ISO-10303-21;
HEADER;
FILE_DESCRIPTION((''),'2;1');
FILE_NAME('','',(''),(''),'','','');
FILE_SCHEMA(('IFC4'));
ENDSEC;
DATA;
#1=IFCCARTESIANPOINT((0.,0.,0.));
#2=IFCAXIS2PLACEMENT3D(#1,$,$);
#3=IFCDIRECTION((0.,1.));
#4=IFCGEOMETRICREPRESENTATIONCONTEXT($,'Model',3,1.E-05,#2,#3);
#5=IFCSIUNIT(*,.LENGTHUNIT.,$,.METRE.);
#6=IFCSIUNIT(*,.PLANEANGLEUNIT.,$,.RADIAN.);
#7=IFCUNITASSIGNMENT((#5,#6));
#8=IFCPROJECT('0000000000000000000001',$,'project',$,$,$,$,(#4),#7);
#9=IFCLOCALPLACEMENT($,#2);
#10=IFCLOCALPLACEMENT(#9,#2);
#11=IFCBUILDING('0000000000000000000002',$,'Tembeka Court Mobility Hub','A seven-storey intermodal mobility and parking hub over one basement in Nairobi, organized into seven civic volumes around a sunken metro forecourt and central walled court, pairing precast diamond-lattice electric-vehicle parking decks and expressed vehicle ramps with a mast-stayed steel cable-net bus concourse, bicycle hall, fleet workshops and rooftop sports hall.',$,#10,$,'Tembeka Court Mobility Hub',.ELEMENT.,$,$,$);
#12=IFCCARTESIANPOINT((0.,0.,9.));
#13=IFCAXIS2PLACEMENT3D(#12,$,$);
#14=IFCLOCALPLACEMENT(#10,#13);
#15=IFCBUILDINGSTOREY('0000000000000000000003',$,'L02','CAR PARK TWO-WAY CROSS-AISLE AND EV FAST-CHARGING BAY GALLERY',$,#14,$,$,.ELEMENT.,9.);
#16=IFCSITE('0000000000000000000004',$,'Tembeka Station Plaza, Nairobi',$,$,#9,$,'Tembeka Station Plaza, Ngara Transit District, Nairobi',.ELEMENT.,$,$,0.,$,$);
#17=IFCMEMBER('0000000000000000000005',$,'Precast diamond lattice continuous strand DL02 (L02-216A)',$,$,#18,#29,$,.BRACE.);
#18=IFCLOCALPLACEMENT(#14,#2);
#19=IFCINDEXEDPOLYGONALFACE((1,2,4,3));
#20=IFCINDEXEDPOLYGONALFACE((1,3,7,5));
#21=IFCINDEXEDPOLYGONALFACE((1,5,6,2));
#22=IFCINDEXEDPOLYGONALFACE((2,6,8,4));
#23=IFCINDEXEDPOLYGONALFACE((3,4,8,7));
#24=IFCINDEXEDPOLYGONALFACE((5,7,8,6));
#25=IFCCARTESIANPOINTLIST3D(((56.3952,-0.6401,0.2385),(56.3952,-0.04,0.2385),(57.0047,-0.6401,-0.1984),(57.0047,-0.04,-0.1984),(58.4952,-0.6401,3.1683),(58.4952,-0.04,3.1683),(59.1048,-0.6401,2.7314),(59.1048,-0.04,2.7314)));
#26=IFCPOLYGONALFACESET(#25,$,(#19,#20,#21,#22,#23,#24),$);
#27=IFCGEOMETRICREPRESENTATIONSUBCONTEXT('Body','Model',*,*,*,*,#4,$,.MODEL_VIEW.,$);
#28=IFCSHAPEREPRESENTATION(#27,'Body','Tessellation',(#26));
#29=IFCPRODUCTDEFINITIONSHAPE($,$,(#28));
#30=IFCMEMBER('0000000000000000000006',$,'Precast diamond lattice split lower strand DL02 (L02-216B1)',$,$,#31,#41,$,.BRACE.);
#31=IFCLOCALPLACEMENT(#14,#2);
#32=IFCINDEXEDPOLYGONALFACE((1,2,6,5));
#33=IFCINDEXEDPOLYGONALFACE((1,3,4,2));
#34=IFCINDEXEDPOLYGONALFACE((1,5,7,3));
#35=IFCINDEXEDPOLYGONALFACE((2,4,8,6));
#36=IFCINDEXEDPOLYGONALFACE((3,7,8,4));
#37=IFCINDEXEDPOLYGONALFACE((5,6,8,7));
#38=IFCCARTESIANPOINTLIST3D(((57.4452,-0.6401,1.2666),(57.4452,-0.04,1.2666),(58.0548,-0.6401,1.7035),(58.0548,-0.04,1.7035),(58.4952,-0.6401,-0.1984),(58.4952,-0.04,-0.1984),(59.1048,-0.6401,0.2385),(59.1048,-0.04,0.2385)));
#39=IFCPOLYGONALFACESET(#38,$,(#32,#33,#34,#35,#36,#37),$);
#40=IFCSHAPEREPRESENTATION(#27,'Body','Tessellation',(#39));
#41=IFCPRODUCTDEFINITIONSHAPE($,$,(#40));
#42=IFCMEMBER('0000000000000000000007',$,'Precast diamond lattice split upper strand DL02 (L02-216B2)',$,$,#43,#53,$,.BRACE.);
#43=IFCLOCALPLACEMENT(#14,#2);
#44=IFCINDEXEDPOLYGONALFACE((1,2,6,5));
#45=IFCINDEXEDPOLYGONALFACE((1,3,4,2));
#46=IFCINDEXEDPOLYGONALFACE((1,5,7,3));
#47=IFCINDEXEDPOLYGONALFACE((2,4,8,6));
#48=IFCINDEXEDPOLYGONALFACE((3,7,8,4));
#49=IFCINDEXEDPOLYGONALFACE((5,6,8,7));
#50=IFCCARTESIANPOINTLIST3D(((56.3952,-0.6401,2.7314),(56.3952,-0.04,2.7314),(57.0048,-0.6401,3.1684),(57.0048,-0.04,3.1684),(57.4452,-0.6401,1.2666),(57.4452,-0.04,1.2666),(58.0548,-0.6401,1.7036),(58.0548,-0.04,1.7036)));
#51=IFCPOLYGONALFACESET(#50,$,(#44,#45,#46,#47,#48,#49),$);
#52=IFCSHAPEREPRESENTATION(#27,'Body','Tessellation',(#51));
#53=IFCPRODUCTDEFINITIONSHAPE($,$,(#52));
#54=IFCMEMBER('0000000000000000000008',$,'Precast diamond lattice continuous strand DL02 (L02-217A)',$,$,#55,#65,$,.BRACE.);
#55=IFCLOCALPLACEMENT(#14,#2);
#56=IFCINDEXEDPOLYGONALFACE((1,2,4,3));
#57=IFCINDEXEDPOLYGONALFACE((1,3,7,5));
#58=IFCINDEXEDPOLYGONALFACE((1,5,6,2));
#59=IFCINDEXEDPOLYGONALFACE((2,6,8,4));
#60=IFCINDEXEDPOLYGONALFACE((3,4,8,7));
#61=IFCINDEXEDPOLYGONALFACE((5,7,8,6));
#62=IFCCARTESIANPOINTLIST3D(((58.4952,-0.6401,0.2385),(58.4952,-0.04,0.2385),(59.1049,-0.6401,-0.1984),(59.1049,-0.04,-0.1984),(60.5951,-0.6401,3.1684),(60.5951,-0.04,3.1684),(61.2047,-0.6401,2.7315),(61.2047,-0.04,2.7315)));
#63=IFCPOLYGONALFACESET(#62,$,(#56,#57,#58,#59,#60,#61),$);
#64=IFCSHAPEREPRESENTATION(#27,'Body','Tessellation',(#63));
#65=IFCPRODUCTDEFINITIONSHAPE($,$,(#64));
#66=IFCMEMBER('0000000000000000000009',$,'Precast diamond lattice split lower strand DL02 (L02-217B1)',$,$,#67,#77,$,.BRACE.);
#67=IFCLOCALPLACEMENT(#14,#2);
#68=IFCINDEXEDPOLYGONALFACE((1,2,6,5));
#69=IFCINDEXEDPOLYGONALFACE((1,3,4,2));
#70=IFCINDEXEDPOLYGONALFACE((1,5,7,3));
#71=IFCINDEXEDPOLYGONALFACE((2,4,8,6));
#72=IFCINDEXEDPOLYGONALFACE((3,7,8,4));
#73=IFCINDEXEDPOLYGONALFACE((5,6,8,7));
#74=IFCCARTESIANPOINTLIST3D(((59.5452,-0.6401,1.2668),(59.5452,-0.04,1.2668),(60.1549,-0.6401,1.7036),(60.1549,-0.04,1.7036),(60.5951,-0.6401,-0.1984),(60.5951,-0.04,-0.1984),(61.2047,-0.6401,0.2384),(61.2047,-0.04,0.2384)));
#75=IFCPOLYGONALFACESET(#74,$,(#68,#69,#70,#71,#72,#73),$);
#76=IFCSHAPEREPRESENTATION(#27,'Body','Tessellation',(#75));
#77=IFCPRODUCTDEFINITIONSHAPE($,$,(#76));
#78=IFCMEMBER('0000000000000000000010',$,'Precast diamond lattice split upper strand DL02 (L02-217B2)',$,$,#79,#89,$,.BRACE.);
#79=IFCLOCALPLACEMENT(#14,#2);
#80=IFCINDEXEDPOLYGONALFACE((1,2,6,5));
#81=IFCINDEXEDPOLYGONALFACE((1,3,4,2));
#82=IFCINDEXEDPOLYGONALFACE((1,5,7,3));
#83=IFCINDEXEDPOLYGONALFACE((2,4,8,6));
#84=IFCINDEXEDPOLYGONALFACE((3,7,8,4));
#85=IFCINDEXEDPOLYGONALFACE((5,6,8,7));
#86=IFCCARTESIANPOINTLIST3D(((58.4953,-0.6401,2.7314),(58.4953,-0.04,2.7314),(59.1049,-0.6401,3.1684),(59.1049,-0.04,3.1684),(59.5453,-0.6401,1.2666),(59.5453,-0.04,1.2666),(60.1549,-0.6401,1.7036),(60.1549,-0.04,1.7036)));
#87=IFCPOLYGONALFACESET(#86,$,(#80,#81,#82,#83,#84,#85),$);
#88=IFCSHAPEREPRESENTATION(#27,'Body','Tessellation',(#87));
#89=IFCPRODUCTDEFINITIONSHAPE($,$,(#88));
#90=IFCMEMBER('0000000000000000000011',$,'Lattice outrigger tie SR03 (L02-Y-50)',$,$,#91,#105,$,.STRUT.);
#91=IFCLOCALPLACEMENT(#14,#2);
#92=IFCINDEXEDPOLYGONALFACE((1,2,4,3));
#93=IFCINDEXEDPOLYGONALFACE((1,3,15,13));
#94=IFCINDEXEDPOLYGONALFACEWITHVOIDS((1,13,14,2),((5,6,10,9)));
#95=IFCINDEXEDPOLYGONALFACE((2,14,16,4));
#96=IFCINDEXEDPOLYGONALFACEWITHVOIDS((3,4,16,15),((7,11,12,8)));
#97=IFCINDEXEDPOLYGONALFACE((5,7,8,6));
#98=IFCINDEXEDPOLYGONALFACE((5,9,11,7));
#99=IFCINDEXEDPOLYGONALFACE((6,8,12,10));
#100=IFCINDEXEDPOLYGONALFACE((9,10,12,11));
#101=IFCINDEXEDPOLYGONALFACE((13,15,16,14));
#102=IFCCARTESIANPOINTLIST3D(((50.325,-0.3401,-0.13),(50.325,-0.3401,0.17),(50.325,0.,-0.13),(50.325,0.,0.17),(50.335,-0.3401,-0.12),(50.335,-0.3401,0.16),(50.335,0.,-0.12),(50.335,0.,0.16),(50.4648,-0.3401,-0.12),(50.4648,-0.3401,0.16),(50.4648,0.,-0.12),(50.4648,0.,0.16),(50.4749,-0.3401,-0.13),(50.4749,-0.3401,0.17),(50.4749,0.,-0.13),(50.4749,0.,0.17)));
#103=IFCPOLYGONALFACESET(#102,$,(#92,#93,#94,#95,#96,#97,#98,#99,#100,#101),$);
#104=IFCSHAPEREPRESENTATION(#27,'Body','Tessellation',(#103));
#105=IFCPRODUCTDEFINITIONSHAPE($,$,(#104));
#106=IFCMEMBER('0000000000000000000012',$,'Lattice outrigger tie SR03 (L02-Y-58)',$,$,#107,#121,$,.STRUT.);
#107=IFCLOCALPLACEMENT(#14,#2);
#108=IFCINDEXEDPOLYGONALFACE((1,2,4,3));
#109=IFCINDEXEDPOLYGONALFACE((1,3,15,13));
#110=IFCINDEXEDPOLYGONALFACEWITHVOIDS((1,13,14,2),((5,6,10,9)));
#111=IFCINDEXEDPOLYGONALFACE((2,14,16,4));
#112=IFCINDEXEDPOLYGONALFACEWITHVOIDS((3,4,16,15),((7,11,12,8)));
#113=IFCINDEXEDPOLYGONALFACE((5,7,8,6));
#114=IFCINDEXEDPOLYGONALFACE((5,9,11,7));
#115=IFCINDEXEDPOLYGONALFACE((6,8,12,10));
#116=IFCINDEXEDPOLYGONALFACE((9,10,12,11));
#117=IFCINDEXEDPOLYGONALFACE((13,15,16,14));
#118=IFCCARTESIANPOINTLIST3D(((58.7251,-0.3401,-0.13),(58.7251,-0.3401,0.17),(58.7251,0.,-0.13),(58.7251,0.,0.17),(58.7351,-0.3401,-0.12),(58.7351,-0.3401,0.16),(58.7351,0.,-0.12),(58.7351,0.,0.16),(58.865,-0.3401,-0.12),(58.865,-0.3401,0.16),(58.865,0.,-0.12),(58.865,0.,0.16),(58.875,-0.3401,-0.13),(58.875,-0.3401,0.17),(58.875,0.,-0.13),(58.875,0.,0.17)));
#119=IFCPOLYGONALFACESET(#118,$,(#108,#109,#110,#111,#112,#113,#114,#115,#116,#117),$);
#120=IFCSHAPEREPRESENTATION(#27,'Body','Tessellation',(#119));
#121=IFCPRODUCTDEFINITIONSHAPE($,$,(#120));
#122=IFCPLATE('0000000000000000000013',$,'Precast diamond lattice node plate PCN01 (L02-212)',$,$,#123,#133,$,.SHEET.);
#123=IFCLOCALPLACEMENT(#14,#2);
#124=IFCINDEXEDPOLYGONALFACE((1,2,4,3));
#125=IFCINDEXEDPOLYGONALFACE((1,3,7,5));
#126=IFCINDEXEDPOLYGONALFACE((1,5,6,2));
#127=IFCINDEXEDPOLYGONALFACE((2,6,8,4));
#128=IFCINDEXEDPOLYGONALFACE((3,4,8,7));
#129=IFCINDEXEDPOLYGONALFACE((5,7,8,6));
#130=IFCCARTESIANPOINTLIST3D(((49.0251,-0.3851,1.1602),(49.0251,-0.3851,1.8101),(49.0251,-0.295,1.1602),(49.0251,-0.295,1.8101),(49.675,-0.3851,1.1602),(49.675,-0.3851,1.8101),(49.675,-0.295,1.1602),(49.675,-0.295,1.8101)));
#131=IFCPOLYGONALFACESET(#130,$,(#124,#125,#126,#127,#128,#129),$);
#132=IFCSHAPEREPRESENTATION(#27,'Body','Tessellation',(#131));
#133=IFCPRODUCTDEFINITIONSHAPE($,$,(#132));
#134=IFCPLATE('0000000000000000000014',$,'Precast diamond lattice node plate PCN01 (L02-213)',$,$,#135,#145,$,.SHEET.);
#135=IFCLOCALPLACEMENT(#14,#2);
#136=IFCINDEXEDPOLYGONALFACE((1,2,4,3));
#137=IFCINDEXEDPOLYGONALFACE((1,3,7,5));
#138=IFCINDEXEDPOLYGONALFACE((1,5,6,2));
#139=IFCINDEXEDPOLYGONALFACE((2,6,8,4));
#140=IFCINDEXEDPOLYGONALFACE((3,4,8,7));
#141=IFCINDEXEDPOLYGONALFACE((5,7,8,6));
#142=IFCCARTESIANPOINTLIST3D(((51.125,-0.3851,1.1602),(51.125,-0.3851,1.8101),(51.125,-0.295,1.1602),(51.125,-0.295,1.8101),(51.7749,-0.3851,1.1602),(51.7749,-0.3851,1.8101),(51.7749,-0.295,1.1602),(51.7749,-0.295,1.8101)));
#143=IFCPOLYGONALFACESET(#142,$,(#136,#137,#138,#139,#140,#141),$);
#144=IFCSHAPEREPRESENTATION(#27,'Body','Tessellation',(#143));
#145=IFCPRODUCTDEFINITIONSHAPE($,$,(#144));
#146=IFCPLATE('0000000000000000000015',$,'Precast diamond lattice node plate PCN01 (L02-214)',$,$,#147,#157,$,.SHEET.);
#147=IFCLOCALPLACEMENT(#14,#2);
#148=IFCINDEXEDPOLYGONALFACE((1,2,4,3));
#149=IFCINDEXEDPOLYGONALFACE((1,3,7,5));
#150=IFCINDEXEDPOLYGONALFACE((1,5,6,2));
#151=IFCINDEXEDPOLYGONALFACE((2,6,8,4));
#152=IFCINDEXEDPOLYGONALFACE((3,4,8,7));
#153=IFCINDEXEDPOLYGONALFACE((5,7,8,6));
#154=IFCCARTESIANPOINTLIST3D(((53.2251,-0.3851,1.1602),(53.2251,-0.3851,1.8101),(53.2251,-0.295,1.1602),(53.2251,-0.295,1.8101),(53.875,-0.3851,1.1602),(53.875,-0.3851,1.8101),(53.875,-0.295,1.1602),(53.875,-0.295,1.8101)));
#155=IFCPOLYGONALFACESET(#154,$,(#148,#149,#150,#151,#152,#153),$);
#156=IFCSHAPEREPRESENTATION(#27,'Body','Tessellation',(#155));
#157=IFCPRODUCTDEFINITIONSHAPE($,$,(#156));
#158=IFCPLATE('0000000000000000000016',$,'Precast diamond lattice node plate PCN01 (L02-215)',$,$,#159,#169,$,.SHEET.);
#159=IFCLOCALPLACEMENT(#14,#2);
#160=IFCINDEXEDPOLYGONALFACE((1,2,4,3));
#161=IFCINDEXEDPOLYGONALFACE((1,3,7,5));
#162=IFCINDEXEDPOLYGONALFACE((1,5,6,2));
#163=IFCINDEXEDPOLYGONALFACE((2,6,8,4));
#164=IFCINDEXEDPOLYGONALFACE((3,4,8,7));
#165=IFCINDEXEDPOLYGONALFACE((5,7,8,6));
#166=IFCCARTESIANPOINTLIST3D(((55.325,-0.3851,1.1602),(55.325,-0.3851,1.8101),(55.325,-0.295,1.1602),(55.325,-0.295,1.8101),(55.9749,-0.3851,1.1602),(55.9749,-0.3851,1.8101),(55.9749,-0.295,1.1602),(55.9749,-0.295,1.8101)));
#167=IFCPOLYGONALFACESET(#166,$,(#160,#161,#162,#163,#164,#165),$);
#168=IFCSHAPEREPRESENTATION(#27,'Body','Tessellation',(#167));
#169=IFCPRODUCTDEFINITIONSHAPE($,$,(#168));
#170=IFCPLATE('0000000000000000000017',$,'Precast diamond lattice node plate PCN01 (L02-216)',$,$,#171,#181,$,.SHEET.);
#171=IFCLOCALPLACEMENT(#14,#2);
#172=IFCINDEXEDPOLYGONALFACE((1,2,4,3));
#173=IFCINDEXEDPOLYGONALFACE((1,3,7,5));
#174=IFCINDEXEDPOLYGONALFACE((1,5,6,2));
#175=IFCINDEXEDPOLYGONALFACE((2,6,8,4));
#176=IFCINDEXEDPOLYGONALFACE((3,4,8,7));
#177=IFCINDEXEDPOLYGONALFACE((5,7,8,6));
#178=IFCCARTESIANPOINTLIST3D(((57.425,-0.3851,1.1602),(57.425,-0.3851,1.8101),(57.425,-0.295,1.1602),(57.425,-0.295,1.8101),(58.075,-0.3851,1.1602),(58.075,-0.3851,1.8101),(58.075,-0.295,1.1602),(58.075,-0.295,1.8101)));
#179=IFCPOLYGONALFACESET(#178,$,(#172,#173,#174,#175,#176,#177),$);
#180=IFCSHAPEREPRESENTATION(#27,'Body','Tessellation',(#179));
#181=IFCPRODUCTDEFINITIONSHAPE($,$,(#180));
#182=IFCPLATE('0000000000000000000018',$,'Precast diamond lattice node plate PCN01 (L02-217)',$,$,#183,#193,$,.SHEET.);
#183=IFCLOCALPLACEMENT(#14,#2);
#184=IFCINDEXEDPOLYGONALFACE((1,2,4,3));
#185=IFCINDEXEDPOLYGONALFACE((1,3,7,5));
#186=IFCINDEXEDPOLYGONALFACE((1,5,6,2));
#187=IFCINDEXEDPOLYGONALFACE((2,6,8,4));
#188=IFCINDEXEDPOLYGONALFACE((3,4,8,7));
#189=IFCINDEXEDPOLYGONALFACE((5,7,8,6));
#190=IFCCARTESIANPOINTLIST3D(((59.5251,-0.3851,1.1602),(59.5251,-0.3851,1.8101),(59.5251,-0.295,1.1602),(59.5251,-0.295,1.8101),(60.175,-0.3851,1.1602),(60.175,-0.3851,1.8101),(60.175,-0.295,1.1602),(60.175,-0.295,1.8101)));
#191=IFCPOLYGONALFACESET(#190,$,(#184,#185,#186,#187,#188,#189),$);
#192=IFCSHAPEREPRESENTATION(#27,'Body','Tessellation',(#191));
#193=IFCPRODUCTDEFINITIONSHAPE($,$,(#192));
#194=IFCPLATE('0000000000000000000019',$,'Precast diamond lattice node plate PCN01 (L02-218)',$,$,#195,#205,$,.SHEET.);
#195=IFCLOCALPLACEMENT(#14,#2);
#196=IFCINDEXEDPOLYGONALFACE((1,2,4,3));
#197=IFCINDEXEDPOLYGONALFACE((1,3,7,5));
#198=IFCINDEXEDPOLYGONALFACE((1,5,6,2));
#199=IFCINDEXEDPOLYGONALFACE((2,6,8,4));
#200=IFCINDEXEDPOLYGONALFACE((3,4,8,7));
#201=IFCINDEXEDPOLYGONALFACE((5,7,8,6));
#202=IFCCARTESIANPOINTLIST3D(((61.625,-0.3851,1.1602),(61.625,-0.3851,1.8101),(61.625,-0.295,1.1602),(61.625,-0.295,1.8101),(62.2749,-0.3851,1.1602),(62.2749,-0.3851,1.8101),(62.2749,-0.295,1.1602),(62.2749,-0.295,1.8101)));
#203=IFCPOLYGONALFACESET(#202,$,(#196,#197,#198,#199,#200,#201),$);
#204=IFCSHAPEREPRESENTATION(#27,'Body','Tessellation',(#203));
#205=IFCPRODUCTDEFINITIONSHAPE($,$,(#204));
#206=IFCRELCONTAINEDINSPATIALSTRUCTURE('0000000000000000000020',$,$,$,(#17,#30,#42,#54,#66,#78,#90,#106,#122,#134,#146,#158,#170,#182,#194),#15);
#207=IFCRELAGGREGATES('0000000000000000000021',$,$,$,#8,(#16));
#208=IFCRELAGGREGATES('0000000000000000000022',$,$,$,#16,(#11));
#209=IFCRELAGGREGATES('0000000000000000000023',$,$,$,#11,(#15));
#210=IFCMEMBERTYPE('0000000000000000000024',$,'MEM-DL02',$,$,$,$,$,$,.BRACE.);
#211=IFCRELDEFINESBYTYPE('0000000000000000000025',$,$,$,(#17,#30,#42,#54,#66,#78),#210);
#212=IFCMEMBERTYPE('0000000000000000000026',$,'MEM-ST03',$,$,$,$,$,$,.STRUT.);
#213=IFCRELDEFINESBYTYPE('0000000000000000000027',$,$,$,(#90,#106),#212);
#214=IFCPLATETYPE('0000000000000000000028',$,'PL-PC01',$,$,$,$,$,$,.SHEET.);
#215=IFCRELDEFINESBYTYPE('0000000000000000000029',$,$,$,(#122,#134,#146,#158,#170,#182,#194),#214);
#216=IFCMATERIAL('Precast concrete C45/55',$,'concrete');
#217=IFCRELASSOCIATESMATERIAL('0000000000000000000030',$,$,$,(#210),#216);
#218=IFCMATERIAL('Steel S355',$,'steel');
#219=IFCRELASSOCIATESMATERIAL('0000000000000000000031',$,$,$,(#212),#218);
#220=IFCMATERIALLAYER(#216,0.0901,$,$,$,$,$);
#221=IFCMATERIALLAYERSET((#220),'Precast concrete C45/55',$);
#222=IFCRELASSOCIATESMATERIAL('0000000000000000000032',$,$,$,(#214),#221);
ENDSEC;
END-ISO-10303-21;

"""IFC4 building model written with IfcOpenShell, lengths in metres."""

from ifc_helpers import new_model, si_unit, direction, frame, origin, origin_2d, place, context, subcontext, project, spatial, rectangle, hollow_rectangle, extrude, material, layer, layer_set, material_profile, profile_set, type_object, element, save


model = new_model("IFC4")

# Units and contexts
model_context = context("Model", 3, precision=1e-05, world=origin(), true_north=direction((0.0, 1.0)))
body_context = subcontext(model_context, "Body", "Model", "MODEL_VIEW")
ifc_project = project(units=[si_unit("LENGTHUNIT", "METRE"), si_unit("PLANEANGLEUNIT", "RADIAN")], contexts=[model_context])

# Site, building, storey
site_placement = place(None, origin())
site = spatial("IfcSite", under=ifc_project, at=site_placement, Name="Tembeka Station Plaza, Nairobi", LongName="Tembeka Station Plaza, Ngara Transit District, Nairobi", CompositionType="ELEMENT", RefElevation=0.0)
building_placement = place(site_placement, origin())
building = spatial("IfcBuilding", under=site, at=building_placement, Name="Tembeka Court Mobility Hub", Description="A seven-storey intermodal mobility and parking hub over one basement in Nairobi, organized into seven civic volumes around a sunken metro forecourt and central walled court, pairing precast diamond-lattice electric-vehicle parking decks and expressed vehicle ramps with a mast-stayed steel cable-net bus concourse, bicycle hall, fleet workshops and rooftop sports hall.", LongName="Tembeka Court Mobility Hub", CompositionType="ELEMENT")
storey_placement = place(building_placement, frame((0.0, 0.0, 9.0)))
storey = spatial("IfcBuildingStorey", under=building, at=storey_placement, Name="L02", Description="CAR PARK TWO-WAY CROSS-AISLE AND EV FAST-CHARGING BAY GALLERY", CompositionType="ELEMENT", Elevation=9.0)

# Shared definitions
ifc_material_1 = material(Name="Steel S355", Category="steel")

# Shared definitions
ifc_material_2 = material(Name="Precast concrete C45/55", Category="concrete")

# Members
ifc_material_profile_1 = material_profile(ifc_material_2, rectangle(XDim=0.6001, YDim=0.75, at=origin_2d()), Name="PC-DIAG 600x750")
ifc_profile_set_1 = profile_set([ifc_material_profile_1], Name="Precast concrete C45/55")
member_type_1 = type_object("IfcMemberType", Name="MEM-DL02", PredefinedType="BRACE", material=ifc_profile_set_1)
member_1_placement = place(storey_placement, frame((56.7, -0.3401, 0.02), z_axis=(0.582576, 0.0, 0.812776), x_axis=(0.0, 1.0, 0.0)))
element("IfcMember", 1, at=member_1_placement, inside=storey, type_object=member_type_1, Name="Precast diamond lattice continuous strand DL02 (L02-216A)", PredefinedType="BRACE", context=body_context, shape_type="SweptSolid", body=[
    extrude(rectangle(XDim=0.6001, YDim=0.75, at=origin_2d()), origin(), (0.0, 0.0, 1.0), 3.6047),
])
member_2_placement = place(storey_placement, frame((58.8, -0.3401, 0.02), z_axis=(-0.582544, 0.0, 0.812799), x_axis=(0.0, -1.0, 0.0)))
element("IfcMember", 2, at=member_2_placement, inside=storey, type_object=member_type_1, Name="Precast diamond lattice split lower strand DL02 (L02-216B1)", PredefinedType="BRACE", context=body_context, shape_type="SweptSolid", body=[
    extrude(rectangle(XDim=0.6001, YDim=0.75, at=origin_2d()), origin(), (0.0, 0.0, 1.0), 1.8025),
])
member_3_placement = place(storey_placement, frame((57.75, -0.3401, 1.4851), z_axis=(-0.582608, 0.0, 0.812753), x_axis=(0.0, -1.0, 0.0)))
element("IfcMember", 3, at=member_3_placement, inside=storey, type_object=member_type_1, Name="Precast diamond lattice split upper strand DL02 (L02-216B2)", PredefinedType="BRACE", context=body_context, shape_type="SweptSolid", body=[
    extrude(rectangle(XDim=0.6001, YDim=0.75, at=origin_2d()), origin(), (0.0, 0.0, 1.0), 1.8022),
])
member_4_placement = place(storey_placement, frame((58.8, -0.3401, 0.02), z_axis=(0.582532, 0.0, 0.812808), x_axis=(0.0, 1.0, 0.0)))
element("IfcMember", 4, at=member_4_placement, inside=storey, type_object=member_type_1, Name="Precast diamond lattice continuous strand DL02 (L02-217A)", PredefinedType="BRACE", context=body_context, shape_type="SweptSolid", body=[
    extrude(rectangle(XDim=0.6001, YDim=0.75, at=origin_2d()), origin(), (0.0, 0.0, 1.0), 3.6047),
])
member_5_placement = place(storey_placement, frame((60.8999, -0.3401, 0.02), z_axis=(-0.582455, 0.0, 0.812863), x_axis=(0.0, -1.0, 0.0)))
element("IfcMember", 5, at=member_5_placement, inside=storey, type_object=member_type_1, Name="Precast diamond lattice split lower strand DL02 (L02-217B1)", PredefinedType="BRACE", context=body_context, shape_type="SweptSolid", body=[
    extrude(rectangle(XDim=0.6001, YDim=0.75, at=origin_2d()), origin(), (0.0, 0.0, 1.0), 1.8025),
])
member_6_placement = place(storey_placement, frame((59.8501, -0.3401, 1.4851), z_axis=(-0.582608, 0.0, 0.812753), x_axis=(0.0, -1.0, 0.0)))
element("IfcMember", 6, at=member_6_placement, inside=storey, type_object=member_type_1, Name="Precast diamond lattice split upper strand DL02 (L02-217B2)", PredefinedType="BRACE", context=body_context, shape_type="SweptSolid", body=[
    extrude(rectangle(XDim=0.6001, YDim=0.75, at=origin_2d()), origin(), (0.0, 0.0, 1.0), 1.8022),
])
ifc_material_profile_2 = material_profile(ifc_material_1, hollow_rectangle(XDim=0.1499, YDim=0.3, WallThickness=0.01, at=origin_2d()), Name="RHS 300x150x10")
ifc_profile_set_2 = profile_set([ifc_material_profile_2], Name="Steel S355")
member_type_2 = type_object("IfcMemberType", Name="MEM-ST03", PredefinedType="STRUT", material=ifc_profile_set_2)
for number, where, z_axis, x_axis, name in (
    (7, (50.3999, 0.0, 0.02), (0.0, -1.0, 0.0), (1.0, 0.0, 0.0), "Lattice outrigger tie SR03 (L02-Y-50)"),
    (8, (58.8, 0.0, 0.02), (0.0, -1.0, 0.0), (1.0, 0.0, 0.0), "Lattice outrigger tie SR03 (L02-Y-58)"),
):
    element("IfcMember", number, at=place(storey_placement, frame(where, z_axis=z_axis, x_axis=x_axis)), inside=storey, type_object=member_type_2, Name=name, PredefinedType="STRUT", context=body_context, shape_type="SweptSolid", body=[
        extrude(hollow_rectangle(XDim=0.1499, YDim=0.3, WallThickness=0.01, at=origin_2d()), origin(), (0.0, 0.0, 1.0), 0.3401),
    ])

# Plates
ifc_layer = layer(ifc_material_2, 0.0901)
ifc_layer_set = layer_set([ifc_layer], Name="Precast concrete C45/55")
plate_type = type_object("IfcPlateType", Name="PL-PC01", PredefinedType="SHEET", material=ifc_layer_set)
for number, where, z_axis, x_axis, name in (
    (9, (49.3501, -0.3401, 1.1602), (0.0, 0.0, 1.0), (1.0, 0.0, 0.0), "Precast diamond lattice node plate PCN01 (L02-212)"),
    (10, (51.45, -0.3401, 1.1602), (0.0, 0.0, 1.0), (1.0, 0.0, 0.0), "Precast diamond lattice node plate PCN01 (L02-213)"),
    (11, (53.55, -0.3401, 1.1602), (0.0, 0.0, 1.0), (1.0, 0.0, 0.0), "Precast diamond lattice node plate PCN01 (L02-214)"),
    (12, (55.6499, -0.3401, 1.1602), (0.0, 0.0, 1.0), (1.0, 0.0, 0.0), "Precast diamond lattice node plate PCN01 (L02-215)"),
    (13, (57.75, -0.3401, 1.1602), (0.0, 0.0, 1.0), (1.0, 0.0, 0.0), "Precast diamond lattice node plate PCN01 (L02-216)"),
    (14, (59.8501, -0.3401, 1.1602), (0.0, 0.0, 1.0), (1.0, 0.0, 0.0), "Precast diamond lattice node plate PCN01 (L02-217)"),
    (15, (61.95, -0.3401, 1.1602), (0.0, 0.0, 1.0), (1.0, 0.0, 0.0), "Precast diamond lattice node plate PCN01 (L02-218)"),
):
    element("IfcPlate", number, at=place(storey_placement, frame(where, z_axis=z_axis, x_axis=x_axis)), inside=storey, type_object=plate_type, Name=name, PredefinedType="SHEET", context=body_context, shape_type="SweptSolid", body=[
        extrude(rectangle(XDim=0.6499, YDim=0.0901, at=origin_2d()), origin(), (0.0, 0.0, 1.0), 0.6499),
    ])

save(model, "model.ifc")
